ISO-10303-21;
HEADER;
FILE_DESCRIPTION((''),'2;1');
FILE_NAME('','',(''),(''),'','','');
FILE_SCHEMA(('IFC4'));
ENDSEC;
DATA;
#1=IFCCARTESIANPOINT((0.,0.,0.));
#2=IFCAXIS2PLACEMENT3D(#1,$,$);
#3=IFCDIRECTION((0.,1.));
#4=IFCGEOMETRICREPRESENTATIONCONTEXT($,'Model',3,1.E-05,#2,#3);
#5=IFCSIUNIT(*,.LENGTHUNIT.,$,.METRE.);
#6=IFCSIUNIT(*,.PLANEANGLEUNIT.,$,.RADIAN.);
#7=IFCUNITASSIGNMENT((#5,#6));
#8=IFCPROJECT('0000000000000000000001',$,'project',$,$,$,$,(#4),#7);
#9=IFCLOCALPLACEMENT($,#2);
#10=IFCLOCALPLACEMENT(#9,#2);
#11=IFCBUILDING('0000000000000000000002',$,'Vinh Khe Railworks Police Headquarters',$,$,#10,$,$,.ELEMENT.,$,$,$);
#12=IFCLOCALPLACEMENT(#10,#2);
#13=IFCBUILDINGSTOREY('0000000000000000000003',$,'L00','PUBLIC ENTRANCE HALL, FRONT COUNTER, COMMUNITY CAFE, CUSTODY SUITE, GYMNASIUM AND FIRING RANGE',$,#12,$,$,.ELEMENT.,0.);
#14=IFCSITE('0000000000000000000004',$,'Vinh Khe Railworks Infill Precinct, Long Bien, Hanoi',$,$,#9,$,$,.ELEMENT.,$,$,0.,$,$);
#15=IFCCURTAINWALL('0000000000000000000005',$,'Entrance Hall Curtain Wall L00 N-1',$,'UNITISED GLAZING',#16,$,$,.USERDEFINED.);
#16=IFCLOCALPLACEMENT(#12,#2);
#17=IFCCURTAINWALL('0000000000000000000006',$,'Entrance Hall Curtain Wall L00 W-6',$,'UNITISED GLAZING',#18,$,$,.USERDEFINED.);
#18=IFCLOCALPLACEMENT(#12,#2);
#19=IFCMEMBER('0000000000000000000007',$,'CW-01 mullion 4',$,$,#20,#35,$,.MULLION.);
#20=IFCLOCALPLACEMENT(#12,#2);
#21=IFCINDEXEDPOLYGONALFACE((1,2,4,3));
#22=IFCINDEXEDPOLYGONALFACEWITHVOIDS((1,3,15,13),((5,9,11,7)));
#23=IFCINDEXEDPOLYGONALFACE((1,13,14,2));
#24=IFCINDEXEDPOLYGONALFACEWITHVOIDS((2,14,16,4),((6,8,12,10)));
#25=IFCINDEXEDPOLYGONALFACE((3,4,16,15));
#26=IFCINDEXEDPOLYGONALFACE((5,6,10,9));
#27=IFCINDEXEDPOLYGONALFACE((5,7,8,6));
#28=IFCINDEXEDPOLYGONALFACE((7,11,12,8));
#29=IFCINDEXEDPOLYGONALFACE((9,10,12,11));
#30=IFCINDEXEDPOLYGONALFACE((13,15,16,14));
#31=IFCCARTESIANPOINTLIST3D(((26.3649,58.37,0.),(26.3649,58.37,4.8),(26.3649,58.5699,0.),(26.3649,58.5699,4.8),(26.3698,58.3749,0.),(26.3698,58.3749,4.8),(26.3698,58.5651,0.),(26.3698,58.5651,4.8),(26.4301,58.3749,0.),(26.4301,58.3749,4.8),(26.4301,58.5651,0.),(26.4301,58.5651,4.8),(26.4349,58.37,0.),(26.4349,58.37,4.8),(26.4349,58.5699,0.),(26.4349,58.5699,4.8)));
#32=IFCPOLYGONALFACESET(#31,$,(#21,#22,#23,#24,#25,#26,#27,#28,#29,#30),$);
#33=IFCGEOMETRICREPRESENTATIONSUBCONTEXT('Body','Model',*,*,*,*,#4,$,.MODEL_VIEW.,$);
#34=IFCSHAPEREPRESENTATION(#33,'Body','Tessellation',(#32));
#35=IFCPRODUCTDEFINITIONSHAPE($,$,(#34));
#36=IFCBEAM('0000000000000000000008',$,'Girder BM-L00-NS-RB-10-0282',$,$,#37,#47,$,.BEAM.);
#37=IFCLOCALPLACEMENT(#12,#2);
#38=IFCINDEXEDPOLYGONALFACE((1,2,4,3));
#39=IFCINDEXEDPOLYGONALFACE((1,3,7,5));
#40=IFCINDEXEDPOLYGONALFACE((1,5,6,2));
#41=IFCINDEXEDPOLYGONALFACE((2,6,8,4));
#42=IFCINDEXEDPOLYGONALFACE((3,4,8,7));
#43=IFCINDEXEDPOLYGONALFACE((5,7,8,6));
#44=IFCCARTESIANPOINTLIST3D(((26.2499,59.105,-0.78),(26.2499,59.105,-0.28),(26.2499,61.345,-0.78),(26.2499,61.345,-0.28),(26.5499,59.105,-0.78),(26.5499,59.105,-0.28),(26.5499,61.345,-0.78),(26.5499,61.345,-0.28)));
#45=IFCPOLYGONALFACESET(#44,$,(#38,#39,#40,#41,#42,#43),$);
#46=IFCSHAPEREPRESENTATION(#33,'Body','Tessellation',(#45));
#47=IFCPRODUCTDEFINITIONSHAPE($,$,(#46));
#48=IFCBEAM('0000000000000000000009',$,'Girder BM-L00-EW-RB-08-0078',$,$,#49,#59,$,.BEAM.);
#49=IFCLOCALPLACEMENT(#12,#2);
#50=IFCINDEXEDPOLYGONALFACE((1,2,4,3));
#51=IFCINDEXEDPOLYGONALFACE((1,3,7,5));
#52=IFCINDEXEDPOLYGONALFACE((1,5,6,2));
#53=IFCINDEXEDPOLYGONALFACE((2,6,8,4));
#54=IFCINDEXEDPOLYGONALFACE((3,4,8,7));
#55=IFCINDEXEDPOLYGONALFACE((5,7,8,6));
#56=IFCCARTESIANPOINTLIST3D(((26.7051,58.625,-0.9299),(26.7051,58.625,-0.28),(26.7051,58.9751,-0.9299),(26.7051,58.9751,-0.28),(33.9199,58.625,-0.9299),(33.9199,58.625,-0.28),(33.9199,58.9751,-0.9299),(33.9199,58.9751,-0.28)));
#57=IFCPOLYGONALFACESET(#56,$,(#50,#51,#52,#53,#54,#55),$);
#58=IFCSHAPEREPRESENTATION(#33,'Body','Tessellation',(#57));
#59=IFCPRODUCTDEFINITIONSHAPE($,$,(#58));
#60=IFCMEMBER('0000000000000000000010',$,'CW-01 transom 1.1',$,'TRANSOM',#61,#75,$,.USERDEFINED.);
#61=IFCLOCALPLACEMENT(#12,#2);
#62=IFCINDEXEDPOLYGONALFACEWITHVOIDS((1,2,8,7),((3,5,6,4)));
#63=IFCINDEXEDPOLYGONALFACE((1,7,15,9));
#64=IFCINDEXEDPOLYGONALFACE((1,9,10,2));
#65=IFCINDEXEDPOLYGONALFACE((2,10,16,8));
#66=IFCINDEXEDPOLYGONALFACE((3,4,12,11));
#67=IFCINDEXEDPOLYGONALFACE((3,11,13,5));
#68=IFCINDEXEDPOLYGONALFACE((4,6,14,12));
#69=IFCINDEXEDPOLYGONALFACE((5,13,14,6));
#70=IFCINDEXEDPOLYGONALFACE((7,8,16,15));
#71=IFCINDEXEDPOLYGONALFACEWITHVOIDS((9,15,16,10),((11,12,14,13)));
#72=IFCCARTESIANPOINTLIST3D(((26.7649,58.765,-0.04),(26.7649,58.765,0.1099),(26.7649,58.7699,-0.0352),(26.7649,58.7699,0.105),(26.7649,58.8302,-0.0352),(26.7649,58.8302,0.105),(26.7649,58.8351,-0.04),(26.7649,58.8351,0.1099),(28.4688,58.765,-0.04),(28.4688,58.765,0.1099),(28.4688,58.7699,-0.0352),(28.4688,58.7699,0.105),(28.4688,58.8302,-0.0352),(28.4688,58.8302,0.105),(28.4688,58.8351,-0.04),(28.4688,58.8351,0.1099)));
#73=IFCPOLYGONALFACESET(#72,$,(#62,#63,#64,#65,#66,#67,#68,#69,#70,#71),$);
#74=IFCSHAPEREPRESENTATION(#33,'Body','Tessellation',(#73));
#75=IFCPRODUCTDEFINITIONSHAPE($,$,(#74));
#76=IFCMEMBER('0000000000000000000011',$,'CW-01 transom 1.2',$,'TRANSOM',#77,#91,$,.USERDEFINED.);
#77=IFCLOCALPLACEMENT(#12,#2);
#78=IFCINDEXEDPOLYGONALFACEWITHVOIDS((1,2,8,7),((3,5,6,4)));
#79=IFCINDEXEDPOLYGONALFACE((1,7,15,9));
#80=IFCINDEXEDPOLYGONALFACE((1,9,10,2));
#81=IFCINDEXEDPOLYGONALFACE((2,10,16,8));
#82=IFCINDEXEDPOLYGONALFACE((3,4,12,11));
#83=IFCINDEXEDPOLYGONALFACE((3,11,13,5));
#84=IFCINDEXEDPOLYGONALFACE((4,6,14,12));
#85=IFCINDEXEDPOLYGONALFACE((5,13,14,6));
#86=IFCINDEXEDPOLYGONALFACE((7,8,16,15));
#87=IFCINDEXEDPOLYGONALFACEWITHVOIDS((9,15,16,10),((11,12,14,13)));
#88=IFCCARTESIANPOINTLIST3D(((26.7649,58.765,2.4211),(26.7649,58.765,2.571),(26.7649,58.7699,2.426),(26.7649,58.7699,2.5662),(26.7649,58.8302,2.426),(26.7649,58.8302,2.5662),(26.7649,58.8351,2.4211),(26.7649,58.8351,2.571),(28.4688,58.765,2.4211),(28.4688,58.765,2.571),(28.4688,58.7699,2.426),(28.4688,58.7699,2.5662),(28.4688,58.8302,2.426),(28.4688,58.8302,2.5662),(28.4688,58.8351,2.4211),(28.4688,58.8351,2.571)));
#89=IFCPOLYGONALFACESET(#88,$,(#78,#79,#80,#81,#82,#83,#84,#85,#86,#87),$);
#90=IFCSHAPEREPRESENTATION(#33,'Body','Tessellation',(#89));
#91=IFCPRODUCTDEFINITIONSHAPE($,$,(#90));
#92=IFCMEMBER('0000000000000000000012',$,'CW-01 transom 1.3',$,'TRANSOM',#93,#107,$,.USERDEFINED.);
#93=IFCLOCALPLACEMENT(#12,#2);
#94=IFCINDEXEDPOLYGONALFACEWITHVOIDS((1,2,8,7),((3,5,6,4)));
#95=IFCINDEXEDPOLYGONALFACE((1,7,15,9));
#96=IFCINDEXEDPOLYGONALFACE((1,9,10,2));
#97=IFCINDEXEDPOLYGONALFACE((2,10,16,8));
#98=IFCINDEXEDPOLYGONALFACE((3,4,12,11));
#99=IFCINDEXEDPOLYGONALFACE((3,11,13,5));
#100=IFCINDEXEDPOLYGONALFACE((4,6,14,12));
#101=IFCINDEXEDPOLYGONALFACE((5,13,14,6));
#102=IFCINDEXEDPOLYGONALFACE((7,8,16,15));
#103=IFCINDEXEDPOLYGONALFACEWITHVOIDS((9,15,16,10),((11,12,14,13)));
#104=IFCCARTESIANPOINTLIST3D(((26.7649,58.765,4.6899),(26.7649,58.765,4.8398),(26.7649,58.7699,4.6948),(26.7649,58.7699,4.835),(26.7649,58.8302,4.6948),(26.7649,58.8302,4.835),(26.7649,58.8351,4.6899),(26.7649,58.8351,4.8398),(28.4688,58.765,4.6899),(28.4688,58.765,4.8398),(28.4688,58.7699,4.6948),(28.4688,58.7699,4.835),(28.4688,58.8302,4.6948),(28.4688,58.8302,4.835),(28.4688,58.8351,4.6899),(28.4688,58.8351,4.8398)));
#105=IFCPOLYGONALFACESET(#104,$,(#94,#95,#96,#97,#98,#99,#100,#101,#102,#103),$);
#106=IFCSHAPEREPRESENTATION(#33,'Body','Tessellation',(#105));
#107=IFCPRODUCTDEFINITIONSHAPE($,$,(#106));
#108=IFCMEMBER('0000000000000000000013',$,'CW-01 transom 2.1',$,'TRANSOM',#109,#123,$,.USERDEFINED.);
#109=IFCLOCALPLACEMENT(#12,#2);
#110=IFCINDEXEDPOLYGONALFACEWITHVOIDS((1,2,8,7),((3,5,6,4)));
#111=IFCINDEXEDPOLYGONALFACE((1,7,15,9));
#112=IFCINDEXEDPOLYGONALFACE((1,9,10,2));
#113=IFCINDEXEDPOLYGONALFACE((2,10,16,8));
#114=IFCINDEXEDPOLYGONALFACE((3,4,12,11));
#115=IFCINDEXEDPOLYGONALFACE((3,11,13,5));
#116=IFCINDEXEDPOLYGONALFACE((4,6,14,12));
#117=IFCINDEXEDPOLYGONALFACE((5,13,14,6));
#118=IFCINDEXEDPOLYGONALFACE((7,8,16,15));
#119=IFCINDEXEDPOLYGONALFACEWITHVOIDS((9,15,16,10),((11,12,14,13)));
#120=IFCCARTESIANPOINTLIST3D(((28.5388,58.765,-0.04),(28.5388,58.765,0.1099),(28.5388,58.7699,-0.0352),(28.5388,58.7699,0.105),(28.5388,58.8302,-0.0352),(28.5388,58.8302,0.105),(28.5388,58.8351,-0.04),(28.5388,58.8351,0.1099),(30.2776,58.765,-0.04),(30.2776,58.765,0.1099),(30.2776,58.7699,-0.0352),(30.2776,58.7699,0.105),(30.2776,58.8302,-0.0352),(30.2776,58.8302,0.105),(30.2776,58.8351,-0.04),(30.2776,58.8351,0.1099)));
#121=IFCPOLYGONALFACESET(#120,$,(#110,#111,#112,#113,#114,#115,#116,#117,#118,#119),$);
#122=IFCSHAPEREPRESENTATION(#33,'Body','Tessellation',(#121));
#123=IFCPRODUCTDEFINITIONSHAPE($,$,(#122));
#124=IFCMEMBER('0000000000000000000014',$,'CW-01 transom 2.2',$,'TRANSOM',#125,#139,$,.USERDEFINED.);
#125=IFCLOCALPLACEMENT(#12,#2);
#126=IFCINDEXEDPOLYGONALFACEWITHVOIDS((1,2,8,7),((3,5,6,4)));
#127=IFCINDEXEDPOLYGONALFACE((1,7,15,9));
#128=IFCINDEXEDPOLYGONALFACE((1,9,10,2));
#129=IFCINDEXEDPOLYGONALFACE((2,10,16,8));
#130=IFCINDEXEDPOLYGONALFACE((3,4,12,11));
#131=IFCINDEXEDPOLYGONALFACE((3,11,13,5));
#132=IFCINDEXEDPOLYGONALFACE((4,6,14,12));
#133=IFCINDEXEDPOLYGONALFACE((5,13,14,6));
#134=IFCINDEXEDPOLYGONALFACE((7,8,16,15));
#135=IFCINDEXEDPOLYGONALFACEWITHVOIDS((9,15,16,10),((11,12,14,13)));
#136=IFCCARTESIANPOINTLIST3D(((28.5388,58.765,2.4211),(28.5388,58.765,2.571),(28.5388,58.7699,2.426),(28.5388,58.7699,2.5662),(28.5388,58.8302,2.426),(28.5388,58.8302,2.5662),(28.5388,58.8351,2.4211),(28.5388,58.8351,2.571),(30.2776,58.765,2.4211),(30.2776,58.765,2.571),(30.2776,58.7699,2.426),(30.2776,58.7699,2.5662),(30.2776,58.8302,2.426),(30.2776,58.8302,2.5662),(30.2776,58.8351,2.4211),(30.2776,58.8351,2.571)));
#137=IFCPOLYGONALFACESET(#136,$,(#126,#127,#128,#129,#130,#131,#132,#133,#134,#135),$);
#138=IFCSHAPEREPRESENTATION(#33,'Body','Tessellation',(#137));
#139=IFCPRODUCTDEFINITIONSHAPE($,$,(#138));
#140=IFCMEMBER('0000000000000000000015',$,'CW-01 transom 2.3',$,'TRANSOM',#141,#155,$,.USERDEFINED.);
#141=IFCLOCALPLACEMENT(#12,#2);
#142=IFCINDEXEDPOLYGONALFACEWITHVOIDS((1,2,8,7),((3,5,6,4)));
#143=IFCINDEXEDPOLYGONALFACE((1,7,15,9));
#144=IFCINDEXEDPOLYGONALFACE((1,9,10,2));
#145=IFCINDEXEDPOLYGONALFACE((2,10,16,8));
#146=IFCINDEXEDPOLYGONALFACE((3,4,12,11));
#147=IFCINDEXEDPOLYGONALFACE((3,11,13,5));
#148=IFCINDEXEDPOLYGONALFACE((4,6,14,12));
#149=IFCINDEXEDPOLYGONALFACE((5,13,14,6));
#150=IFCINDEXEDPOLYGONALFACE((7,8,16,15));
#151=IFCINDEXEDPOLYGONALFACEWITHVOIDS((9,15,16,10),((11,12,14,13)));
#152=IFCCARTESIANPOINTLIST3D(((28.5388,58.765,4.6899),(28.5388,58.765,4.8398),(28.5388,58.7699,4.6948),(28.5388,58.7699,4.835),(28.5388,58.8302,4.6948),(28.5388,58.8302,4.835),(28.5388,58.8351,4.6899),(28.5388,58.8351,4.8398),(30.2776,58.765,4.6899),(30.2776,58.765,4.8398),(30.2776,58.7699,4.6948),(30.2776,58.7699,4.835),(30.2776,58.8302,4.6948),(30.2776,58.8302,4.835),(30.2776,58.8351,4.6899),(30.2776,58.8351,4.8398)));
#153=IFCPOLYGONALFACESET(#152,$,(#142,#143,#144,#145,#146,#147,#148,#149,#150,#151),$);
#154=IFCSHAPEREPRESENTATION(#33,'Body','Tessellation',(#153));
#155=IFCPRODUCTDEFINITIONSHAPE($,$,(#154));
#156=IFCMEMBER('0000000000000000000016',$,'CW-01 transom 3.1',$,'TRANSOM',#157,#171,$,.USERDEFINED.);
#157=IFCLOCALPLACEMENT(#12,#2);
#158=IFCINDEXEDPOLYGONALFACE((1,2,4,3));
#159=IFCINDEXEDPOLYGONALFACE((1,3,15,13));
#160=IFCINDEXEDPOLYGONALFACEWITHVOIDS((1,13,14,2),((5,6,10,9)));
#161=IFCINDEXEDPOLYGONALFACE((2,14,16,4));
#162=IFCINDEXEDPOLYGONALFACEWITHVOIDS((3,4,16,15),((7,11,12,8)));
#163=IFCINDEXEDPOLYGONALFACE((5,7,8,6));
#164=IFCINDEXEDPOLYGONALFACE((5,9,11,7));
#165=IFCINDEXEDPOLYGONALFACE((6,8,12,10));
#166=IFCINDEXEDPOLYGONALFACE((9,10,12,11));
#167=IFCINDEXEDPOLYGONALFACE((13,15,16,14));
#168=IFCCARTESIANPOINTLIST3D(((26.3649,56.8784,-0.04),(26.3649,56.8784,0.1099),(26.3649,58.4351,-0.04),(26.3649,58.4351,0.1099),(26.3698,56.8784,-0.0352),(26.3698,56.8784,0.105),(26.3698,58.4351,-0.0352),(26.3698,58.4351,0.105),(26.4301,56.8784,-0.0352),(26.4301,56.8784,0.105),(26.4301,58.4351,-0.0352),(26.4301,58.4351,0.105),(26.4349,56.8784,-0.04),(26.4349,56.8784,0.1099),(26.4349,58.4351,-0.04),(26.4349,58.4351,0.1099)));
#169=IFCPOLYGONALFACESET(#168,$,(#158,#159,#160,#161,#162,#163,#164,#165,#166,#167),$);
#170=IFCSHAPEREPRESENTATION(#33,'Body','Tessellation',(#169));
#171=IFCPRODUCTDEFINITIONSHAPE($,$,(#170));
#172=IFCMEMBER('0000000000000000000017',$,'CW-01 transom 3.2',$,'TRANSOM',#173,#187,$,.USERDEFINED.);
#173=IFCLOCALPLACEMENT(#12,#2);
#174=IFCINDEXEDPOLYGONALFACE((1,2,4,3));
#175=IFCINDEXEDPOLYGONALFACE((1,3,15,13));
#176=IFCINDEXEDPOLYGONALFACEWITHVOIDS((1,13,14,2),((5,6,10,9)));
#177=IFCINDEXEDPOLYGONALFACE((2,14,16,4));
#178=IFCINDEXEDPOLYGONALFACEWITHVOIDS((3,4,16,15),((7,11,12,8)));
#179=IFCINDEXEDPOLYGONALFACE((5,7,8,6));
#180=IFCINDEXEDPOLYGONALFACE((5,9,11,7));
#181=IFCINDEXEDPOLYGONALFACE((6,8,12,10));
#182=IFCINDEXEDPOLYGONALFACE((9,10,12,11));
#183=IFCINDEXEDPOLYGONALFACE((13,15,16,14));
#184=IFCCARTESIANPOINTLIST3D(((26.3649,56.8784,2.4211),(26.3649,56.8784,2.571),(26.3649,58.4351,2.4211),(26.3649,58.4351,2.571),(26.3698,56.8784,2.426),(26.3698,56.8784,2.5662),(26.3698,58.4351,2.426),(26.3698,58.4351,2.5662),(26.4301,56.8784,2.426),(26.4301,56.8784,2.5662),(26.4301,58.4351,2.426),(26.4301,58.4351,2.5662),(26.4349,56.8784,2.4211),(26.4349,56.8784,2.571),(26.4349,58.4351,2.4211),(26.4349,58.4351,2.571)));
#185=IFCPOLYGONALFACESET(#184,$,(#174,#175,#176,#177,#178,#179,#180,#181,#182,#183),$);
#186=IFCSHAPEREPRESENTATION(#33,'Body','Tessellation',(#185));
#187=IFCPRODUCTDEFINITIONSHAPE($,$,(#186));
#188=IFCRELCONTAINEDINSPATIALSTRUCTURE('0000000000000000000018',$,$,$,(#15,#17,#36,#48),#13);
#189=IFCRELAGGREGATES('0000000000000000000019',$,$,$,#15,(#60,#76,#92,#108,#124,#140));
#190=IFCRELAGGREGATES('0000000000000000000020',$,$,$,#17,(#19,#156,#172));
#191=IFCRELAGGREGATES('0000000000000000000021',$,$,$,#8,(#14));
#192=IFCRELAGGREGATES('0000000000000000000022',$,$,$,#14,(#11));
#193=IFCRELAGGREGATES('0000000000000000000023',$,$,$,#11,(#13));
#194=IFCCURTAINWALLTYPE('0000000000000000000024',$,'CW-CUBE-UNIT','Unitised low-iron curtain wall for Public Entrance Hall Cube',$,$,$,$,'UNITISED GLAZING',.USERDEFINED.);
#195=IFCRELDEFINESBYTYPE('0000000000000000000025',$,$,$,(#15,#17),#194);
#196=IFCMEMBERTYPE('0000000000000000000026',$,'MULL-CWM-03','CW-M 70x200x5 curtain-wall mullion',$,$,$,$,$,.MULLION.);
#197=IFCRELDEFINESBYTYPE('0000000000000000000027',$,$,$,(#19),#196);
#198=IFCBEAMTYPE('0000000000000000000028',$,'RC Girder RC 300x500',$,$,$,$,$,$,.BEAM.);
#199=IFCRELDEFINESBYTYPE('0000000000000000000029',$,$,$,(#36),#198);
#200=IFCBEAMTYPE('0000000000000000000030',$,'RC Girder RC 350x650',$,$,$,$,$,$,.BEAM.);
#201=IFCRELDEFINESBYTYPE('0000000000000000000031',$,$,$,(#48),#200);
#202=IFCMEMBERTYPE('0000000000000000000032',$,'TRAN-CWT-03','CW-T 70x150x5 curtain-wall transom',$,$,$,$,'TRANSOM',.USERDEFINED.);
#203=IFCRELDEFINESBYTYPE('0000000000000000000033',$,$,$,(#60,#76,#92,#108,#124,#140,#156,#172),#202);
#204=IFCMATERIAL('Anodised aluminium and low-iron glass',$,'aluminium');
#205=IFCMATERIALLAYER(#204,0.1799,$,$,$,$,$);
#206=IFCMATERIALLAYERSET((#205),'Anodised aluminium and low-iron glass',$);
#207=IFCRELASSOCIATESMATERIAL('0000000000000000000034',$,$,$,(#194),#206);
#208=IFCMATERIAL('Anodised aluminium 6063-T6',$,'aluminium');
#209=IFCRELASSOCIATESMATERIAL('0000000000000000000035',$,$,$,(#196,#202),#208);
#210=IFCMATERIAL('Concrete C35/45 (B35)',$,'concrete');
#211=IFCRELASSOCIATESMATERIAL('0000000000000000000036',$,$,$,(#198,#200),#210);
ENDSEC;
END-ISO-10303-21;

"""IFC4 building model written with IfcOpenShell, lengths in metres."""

from ifc_helpers import new_model, si_unit, direction, frame, origin, origin_2d, place, context, subcontext, project, spatial, rectangle, hollow_rectangle, extrude, material, layer, layer_set, material_profile, profile_set, type_object, element, aggregate, save


model = new_model("IFC4")

# Units and contexts
model_context = context("Model", 3, precision=1e-05, world=origin(), true_north=direction((0.0, 1.0)))
body_context = subcontext(model_context, "Body", "Model", "MODEL_VIEW")
ifc_project = project(units=[si_unit("LENGTHUNIT", "METRE"), si_unit("PLANEANGLEUNIT", "RADIAN")], contexts=[model_context])

# Site, building, storey
site_placement = place(None, origin())
site = spatial("IfcSite", under=ifc_project, at=site_placement, Name="Vinh Khe Railworks Infill Precinct, Long Bien, Hanoi", CompositionType="ELEMENT", RefElevation=0.0)
building_placement = place(site_placement, origin())
building = spatial("IfcBuilding", under=site, at=building_placement, Name="Vinh Khe Railworks Police Headquarters", CompositionType="ELEMENT")
storey_placement = place(building_placement, origin())
storey = spatial("IfcBuildingStorey", under=building, at=storey_placement, Name="L00", Description="PUBLIC ENTRANCE HALL, FRONT COUNTER, COMMUNITY CAFE, CUSTODY SUITE, GYMNASIUM AND FIRING RANGE", CompositionType="ELEMENT", Elevation=0.0)

# Curtain walls, member
ifc_material_1 = material(Name="Anodised aluminium and low-iron glass", Category="aluminium")
ifc_layer_1 = layer(ifc_material_1, 0.1799)
ifc_layer_set_1 = layer_set([ifc_layer_1], Name="Anodised aluminium and low-iron glass")
curtain_wall_type = type_object("IfcCurtainWallType", Name="CW-CUBE-UNIT", Description="Unitised low-iron curtain wall for Public Entrance Hall Cube", ElementType="UNITISED GLAZING", PredefinedType="USERDEFINED", material=ifc_layer_set_1)
curtain_wall_1_placement = place(storey_placement, origin())
curtain_wall_1 = element("IfcCurtainWall", 1, at=curtain_wall_1_placement, inside=storey, type_object=curtain_wall_type, Name="Entrance Hall Curtain Wall L00 N-1", ObjectType="UNITISED GLAZING", PredefinedType="USERDEFINED")
ifc_material_2 = material(Name="Anodised aluminium 6063-T6", Category="aluminium")
ifc_material_profile_1 = material_profile(ifc_material_2, hollow_rectangle(XDim=0.0701, YDim=0.2, WallThickness=0.0049, at=origin_2d()), Name="CW-M 70x200x5")
ifc_profile_set_1 = profile_set([ifc_material_profile_1], Name="Anodised aluminium 6063-T6")
member_type_1 = type_object("IfcMemberType", Name="MULL-CWM-03", Description="CW-M 70x200x5 curtain-wall mullion", PredefinedType="MULLION", material=ifc_profile_set_1)
curtain_wall_2_placement = place(storey_placement, origin())
curtain_wall_2 = element("IfcCurtainWall", 2, at=curtain_wall_2_placement, inside=storey, type_object=curtain_wall_type, Name="Entrance Hall Curtain Wall L00 W-6", ObjectType="UNITISED GLAZING", PredefinedType="USERDEFINED")
member_1_placement = place(storey_placement, frame((26.3999, 58.47, 0.0), z_axis=(0.0, 0.0, 1.0), x_axis=(-1.0, 0.0, 0.0)))
member_1 = element("IfcMember", 3, at=member_1_placement, type_object=member_type_1, Name="CW-01 mullion 4", PredefinedType="MULLION", context=body_context, shape_type="SweptSolid", body=[
    extrude(hollow_rectangle(XDim=0.0701, YDim=0.2, WallThickness=0.0049, at=origin_2d()), origin(), (0.0, 0.0, 1.0), 4.8),
])

# Beams
ifc_material_3 = material(Name="Concrete C35/45 (B35)", Category="concrete")
ifc_material_profile_2 = material_profile(ifc_material_3, rectangle(XDim=0.3, YDim=0.5, at=origin_2d()), Name="RC 300x500")
ifc_profile_set_2 = profile_set([ifc_material_profile_2], Name="Concrete C35/45 (B35)")
beam_type_1 = type_object("IfcBeamType", Name="RC Girder RC 300x500", PredefinedType="BEAM", material=ifc_profile_set_2)
beam_1_placement = place(storey_placement, frame((26.3999, 59.105, -0.53), z_axis=(0.0, 1.0, 0.0), x_axis=(-1.0, 0.0, 0.0)))
element("IfcBeam", 4, at=beam_1_placement, inside=storey, type_object=beam_type_1, Name="Girder BM-L00-NS-RB-10-0282", PredefinedType="BEAM", context=body_context, shape_type="SweptSolid", body=[
    extrude(rectangle(XDim=0.3, YDim=0.5, at=origin_2d()), origin(), (0.0, 0.0, 1.0), 2.24),
])
ifc_material_profile_3 = material_profile(ifc_material_3, rectangle(XDim=0.3501, YDim=0.6499, at=origin_2d()), Name="RC 350x650")
ifc_profile_set_3 = profile_set([ifc_material_profile_3], Name="Concrete C35/45 (B35)")
beam_type_2 = type_object("IfcBeamType", Name="RC Girder RC 350x650", PredefinedType="BEAM", material=ifc_profile_set_3)
beam_2_placement = place(storey_placement, frame((26.7051, 58.8, -0.605), z_axis=(1.0, 0.0, 0.0), x_axis=(0.0, 1.0, 0.0)))
element("IfcBeam", 5, at=beam_2_placement, inside=storey, type_object=beam_type_2, Name="Girder BM-L00-EW-RB-08-0078", PredefinedType="BEAM", context=body_context, shape_type="SweptSolid", body=[
    extrude(rectangle(XDim=0.3501, YDim=0.6499, at=origin_2d()), origin(), (0.0, 0.0, 1.0), 7.2148),
])

# Members
ifc_material_profile_4 = material_profile(ifc_material_2, hollow_rectangle(XDim=0.0701, YDim=0.1499, WallThickness=0.0049, at=origin_2d()), Name="CW-T 70x150x5")
ifc_profile_set_4 = profile_set([ifc_material_profile_4], Name="Anodised aluminium 6063-T6")
member_type_2 = type_object("IfcMemberType", Name="TRAN-CWT-03", Description="CW-T 70x150x5 curtain-wall transom", ElementType="TRANSOM", PredefinedType="USERDEFINED", material=ifc_profile_set_4)
member_2_placement = place(storey_placement, frame((26.7649, 58.8, 0.0349), z_axis=(1.0, 0.0, 0.0), x_axis=(0.0, 1.0, 0.0)))
member_2 = element("IfcMember", 6, at=member_2_placement, type_object=member_type_2, Name="CW-01 transom 1.1", ObjectType="TRANSOM", PredefinedType="USERDEFINED", context=body_context, shape_type="SweptSolid", body=[
    extrude(hollow_rectangle(XDim=0.0701, YDim=0.1499, WallThickness=0.0049, at=origin_2d()), origin(), (0.0, 0.0, 1.0), 1.7039),
])
member_3_placement = place(storey_placement, frame((26.7649, 58.8, 2.4961), z_axis=(1.0, 0.0, 0.0), x_axis=(0.0, 1.0, 0.0)))
member_3 = element("IfcMember", 7, at=member_3_placement, type_object=member_type_2, Name="CW-01 transom 1.2", ObjectType="TRANSOM", PredefinedType="USERDEFINED", context=body_context, shape_type="SweptSolid", body=[
    extrude(hollow_rectangle(XDim=0.0701, YDim=0.1499, WallThickness=0.0049, at=origin_2d()), origin(), (0.0, 0.0, 1.0), 1.7039),
])
member_4_placement = place(storey_placement, frame((26.7649, 58.8, 4.7649), z_axis=(1.0, 0.0, 0.0), x_axis=(0.0, 1.0, 0.0)))
member_4 = element("IfcMember", 8, at=member_4_placement, type_object=member_type_2, Name="CW-01 transom 1.3", ObjectType="TRANSOM", PredefinedType="USERDEFINED", context=body_context, shape_type="SweptSolid", body=[
    extrude(hollow_rectangle(XDim=0.0701, YDim=0.1499, WallThickness=0.0049, at=origin_2d()), origin(), (0.0, 0.0, 1.0), 1.7039),
])
member_5_placement = place(storey_placement, frame((28.5388, 58.8, 0.0349), z_axis=(1.0, 0.0, 0.0), x_axis=(0.0, 1.0, 0.0)))
member_5 = element("IfcMember", 9, at=member_5_placement, type_object=member_type_2, Name="CW-01 transom 2.1", ObjectType="TRANSOM", PredefinedType="USERDEFINED", context=body_context, shape_type="SweptSolid", body=[
    extrude(hollow_rectangle(XDim=0.0701, YDim=0.1499, WallThickness=0.0049, at=origin_2d()), origin(), (0.0, 0.0, 1.0), 1.7388),
])
member_6_placement = place(storey_placement, frame((28.5388, 58.8, 2.4961), z_axis=(1.0, 0.0, 0.0), x_axis=(0.0, 1.0, 0.0)))
member_6 = element("IfcMember", 10, at=member_6_placement, type_object=member_type_2, Name="CW-01 transom 2.2", ObjectType="TRANSOM", PredefinedType="USERDEFINED", context=body_context, shape_type="SweptSolid", body=[
    extrude(hollow_rectangle(XDim=0.0701, YDim=0.1499, WallThickness=0.0049, at=origin_2d()), origin(), (0.0, 0.0, 1.0), 1.7388),
])
member_7_placement = place(storey_placement, frame((28.5388, 58.8, 4.7649), z_axis=(1.0, 0.0, 0.0), x_axis=(0.0, 1.0, 0.0)))
member_7 = element("IfcMember", 11, at=member_7_placement, type_object=member_type_2, Name="CW-01 transom 2.3", ObjectType="TRANSOM", PredefinedType="USERDEFINED", context=body_context, shape_type="SweptSolid", body=[
    extrude(hollow_rectangle(XDim=0.0701, YDim=0.1499, WallThickness=0.0049, at=origin_2d()), origin(), (0.0, 0.0, 1.0), 1.7388),
])
member_8_placement = place(storey_placement, frame((26.3999, 56.8784, 0.0349), z_axis=(0.0, 1.0, 0.0), x_axis=(-1.0, 0.0, 0.0)))
member_8 = element("IfcMember", 12, at=member_8_placement, type_object=member_type_2, Name="CW-01 transom 3.1", ObjectType="TRANSOM", PredefinedType="USERDEFINED", context=body_context, shape_type="SweptSolid", body=[
    extrude(hollow_rectangle(XDim=0.0701, YDim=0.1499, WallThickness=0.0049, at=origin_2d()), origin(), (0.0, 0.0, 1.0), 1.5566),
])
member_9_placement = place(storey_placement, frame((26.3999, 56.8784, 2.4961), z_axis=(0.0, 1.0, 0.0), x_axis=(-1.0, 0.0, 0.0)))
member_9 = element("IfcMember", 13, at=member_9_placement, type_object=member_type_2, Name="CW-01 transom 3.2", ObjectType="TRANSOM", PredefinedType="USERDEFINED", context=body_context, shape_type="SweptSolid", body=[
    extrude(hollow_rectangle(XDim=0.0701, YDim=0.1499, WallThickness=0.0049, at=origin_2d()), origin(), (0.0, 0.0, 1.0), 1.5566),
])

aggregate(curtain_wall_1, [member_2, member_3, member_4, member_5, member_6, member_7])
aggregate(curtain_wall_2, [member_1, member_8, member_9])

save(model, "model.ifc")
